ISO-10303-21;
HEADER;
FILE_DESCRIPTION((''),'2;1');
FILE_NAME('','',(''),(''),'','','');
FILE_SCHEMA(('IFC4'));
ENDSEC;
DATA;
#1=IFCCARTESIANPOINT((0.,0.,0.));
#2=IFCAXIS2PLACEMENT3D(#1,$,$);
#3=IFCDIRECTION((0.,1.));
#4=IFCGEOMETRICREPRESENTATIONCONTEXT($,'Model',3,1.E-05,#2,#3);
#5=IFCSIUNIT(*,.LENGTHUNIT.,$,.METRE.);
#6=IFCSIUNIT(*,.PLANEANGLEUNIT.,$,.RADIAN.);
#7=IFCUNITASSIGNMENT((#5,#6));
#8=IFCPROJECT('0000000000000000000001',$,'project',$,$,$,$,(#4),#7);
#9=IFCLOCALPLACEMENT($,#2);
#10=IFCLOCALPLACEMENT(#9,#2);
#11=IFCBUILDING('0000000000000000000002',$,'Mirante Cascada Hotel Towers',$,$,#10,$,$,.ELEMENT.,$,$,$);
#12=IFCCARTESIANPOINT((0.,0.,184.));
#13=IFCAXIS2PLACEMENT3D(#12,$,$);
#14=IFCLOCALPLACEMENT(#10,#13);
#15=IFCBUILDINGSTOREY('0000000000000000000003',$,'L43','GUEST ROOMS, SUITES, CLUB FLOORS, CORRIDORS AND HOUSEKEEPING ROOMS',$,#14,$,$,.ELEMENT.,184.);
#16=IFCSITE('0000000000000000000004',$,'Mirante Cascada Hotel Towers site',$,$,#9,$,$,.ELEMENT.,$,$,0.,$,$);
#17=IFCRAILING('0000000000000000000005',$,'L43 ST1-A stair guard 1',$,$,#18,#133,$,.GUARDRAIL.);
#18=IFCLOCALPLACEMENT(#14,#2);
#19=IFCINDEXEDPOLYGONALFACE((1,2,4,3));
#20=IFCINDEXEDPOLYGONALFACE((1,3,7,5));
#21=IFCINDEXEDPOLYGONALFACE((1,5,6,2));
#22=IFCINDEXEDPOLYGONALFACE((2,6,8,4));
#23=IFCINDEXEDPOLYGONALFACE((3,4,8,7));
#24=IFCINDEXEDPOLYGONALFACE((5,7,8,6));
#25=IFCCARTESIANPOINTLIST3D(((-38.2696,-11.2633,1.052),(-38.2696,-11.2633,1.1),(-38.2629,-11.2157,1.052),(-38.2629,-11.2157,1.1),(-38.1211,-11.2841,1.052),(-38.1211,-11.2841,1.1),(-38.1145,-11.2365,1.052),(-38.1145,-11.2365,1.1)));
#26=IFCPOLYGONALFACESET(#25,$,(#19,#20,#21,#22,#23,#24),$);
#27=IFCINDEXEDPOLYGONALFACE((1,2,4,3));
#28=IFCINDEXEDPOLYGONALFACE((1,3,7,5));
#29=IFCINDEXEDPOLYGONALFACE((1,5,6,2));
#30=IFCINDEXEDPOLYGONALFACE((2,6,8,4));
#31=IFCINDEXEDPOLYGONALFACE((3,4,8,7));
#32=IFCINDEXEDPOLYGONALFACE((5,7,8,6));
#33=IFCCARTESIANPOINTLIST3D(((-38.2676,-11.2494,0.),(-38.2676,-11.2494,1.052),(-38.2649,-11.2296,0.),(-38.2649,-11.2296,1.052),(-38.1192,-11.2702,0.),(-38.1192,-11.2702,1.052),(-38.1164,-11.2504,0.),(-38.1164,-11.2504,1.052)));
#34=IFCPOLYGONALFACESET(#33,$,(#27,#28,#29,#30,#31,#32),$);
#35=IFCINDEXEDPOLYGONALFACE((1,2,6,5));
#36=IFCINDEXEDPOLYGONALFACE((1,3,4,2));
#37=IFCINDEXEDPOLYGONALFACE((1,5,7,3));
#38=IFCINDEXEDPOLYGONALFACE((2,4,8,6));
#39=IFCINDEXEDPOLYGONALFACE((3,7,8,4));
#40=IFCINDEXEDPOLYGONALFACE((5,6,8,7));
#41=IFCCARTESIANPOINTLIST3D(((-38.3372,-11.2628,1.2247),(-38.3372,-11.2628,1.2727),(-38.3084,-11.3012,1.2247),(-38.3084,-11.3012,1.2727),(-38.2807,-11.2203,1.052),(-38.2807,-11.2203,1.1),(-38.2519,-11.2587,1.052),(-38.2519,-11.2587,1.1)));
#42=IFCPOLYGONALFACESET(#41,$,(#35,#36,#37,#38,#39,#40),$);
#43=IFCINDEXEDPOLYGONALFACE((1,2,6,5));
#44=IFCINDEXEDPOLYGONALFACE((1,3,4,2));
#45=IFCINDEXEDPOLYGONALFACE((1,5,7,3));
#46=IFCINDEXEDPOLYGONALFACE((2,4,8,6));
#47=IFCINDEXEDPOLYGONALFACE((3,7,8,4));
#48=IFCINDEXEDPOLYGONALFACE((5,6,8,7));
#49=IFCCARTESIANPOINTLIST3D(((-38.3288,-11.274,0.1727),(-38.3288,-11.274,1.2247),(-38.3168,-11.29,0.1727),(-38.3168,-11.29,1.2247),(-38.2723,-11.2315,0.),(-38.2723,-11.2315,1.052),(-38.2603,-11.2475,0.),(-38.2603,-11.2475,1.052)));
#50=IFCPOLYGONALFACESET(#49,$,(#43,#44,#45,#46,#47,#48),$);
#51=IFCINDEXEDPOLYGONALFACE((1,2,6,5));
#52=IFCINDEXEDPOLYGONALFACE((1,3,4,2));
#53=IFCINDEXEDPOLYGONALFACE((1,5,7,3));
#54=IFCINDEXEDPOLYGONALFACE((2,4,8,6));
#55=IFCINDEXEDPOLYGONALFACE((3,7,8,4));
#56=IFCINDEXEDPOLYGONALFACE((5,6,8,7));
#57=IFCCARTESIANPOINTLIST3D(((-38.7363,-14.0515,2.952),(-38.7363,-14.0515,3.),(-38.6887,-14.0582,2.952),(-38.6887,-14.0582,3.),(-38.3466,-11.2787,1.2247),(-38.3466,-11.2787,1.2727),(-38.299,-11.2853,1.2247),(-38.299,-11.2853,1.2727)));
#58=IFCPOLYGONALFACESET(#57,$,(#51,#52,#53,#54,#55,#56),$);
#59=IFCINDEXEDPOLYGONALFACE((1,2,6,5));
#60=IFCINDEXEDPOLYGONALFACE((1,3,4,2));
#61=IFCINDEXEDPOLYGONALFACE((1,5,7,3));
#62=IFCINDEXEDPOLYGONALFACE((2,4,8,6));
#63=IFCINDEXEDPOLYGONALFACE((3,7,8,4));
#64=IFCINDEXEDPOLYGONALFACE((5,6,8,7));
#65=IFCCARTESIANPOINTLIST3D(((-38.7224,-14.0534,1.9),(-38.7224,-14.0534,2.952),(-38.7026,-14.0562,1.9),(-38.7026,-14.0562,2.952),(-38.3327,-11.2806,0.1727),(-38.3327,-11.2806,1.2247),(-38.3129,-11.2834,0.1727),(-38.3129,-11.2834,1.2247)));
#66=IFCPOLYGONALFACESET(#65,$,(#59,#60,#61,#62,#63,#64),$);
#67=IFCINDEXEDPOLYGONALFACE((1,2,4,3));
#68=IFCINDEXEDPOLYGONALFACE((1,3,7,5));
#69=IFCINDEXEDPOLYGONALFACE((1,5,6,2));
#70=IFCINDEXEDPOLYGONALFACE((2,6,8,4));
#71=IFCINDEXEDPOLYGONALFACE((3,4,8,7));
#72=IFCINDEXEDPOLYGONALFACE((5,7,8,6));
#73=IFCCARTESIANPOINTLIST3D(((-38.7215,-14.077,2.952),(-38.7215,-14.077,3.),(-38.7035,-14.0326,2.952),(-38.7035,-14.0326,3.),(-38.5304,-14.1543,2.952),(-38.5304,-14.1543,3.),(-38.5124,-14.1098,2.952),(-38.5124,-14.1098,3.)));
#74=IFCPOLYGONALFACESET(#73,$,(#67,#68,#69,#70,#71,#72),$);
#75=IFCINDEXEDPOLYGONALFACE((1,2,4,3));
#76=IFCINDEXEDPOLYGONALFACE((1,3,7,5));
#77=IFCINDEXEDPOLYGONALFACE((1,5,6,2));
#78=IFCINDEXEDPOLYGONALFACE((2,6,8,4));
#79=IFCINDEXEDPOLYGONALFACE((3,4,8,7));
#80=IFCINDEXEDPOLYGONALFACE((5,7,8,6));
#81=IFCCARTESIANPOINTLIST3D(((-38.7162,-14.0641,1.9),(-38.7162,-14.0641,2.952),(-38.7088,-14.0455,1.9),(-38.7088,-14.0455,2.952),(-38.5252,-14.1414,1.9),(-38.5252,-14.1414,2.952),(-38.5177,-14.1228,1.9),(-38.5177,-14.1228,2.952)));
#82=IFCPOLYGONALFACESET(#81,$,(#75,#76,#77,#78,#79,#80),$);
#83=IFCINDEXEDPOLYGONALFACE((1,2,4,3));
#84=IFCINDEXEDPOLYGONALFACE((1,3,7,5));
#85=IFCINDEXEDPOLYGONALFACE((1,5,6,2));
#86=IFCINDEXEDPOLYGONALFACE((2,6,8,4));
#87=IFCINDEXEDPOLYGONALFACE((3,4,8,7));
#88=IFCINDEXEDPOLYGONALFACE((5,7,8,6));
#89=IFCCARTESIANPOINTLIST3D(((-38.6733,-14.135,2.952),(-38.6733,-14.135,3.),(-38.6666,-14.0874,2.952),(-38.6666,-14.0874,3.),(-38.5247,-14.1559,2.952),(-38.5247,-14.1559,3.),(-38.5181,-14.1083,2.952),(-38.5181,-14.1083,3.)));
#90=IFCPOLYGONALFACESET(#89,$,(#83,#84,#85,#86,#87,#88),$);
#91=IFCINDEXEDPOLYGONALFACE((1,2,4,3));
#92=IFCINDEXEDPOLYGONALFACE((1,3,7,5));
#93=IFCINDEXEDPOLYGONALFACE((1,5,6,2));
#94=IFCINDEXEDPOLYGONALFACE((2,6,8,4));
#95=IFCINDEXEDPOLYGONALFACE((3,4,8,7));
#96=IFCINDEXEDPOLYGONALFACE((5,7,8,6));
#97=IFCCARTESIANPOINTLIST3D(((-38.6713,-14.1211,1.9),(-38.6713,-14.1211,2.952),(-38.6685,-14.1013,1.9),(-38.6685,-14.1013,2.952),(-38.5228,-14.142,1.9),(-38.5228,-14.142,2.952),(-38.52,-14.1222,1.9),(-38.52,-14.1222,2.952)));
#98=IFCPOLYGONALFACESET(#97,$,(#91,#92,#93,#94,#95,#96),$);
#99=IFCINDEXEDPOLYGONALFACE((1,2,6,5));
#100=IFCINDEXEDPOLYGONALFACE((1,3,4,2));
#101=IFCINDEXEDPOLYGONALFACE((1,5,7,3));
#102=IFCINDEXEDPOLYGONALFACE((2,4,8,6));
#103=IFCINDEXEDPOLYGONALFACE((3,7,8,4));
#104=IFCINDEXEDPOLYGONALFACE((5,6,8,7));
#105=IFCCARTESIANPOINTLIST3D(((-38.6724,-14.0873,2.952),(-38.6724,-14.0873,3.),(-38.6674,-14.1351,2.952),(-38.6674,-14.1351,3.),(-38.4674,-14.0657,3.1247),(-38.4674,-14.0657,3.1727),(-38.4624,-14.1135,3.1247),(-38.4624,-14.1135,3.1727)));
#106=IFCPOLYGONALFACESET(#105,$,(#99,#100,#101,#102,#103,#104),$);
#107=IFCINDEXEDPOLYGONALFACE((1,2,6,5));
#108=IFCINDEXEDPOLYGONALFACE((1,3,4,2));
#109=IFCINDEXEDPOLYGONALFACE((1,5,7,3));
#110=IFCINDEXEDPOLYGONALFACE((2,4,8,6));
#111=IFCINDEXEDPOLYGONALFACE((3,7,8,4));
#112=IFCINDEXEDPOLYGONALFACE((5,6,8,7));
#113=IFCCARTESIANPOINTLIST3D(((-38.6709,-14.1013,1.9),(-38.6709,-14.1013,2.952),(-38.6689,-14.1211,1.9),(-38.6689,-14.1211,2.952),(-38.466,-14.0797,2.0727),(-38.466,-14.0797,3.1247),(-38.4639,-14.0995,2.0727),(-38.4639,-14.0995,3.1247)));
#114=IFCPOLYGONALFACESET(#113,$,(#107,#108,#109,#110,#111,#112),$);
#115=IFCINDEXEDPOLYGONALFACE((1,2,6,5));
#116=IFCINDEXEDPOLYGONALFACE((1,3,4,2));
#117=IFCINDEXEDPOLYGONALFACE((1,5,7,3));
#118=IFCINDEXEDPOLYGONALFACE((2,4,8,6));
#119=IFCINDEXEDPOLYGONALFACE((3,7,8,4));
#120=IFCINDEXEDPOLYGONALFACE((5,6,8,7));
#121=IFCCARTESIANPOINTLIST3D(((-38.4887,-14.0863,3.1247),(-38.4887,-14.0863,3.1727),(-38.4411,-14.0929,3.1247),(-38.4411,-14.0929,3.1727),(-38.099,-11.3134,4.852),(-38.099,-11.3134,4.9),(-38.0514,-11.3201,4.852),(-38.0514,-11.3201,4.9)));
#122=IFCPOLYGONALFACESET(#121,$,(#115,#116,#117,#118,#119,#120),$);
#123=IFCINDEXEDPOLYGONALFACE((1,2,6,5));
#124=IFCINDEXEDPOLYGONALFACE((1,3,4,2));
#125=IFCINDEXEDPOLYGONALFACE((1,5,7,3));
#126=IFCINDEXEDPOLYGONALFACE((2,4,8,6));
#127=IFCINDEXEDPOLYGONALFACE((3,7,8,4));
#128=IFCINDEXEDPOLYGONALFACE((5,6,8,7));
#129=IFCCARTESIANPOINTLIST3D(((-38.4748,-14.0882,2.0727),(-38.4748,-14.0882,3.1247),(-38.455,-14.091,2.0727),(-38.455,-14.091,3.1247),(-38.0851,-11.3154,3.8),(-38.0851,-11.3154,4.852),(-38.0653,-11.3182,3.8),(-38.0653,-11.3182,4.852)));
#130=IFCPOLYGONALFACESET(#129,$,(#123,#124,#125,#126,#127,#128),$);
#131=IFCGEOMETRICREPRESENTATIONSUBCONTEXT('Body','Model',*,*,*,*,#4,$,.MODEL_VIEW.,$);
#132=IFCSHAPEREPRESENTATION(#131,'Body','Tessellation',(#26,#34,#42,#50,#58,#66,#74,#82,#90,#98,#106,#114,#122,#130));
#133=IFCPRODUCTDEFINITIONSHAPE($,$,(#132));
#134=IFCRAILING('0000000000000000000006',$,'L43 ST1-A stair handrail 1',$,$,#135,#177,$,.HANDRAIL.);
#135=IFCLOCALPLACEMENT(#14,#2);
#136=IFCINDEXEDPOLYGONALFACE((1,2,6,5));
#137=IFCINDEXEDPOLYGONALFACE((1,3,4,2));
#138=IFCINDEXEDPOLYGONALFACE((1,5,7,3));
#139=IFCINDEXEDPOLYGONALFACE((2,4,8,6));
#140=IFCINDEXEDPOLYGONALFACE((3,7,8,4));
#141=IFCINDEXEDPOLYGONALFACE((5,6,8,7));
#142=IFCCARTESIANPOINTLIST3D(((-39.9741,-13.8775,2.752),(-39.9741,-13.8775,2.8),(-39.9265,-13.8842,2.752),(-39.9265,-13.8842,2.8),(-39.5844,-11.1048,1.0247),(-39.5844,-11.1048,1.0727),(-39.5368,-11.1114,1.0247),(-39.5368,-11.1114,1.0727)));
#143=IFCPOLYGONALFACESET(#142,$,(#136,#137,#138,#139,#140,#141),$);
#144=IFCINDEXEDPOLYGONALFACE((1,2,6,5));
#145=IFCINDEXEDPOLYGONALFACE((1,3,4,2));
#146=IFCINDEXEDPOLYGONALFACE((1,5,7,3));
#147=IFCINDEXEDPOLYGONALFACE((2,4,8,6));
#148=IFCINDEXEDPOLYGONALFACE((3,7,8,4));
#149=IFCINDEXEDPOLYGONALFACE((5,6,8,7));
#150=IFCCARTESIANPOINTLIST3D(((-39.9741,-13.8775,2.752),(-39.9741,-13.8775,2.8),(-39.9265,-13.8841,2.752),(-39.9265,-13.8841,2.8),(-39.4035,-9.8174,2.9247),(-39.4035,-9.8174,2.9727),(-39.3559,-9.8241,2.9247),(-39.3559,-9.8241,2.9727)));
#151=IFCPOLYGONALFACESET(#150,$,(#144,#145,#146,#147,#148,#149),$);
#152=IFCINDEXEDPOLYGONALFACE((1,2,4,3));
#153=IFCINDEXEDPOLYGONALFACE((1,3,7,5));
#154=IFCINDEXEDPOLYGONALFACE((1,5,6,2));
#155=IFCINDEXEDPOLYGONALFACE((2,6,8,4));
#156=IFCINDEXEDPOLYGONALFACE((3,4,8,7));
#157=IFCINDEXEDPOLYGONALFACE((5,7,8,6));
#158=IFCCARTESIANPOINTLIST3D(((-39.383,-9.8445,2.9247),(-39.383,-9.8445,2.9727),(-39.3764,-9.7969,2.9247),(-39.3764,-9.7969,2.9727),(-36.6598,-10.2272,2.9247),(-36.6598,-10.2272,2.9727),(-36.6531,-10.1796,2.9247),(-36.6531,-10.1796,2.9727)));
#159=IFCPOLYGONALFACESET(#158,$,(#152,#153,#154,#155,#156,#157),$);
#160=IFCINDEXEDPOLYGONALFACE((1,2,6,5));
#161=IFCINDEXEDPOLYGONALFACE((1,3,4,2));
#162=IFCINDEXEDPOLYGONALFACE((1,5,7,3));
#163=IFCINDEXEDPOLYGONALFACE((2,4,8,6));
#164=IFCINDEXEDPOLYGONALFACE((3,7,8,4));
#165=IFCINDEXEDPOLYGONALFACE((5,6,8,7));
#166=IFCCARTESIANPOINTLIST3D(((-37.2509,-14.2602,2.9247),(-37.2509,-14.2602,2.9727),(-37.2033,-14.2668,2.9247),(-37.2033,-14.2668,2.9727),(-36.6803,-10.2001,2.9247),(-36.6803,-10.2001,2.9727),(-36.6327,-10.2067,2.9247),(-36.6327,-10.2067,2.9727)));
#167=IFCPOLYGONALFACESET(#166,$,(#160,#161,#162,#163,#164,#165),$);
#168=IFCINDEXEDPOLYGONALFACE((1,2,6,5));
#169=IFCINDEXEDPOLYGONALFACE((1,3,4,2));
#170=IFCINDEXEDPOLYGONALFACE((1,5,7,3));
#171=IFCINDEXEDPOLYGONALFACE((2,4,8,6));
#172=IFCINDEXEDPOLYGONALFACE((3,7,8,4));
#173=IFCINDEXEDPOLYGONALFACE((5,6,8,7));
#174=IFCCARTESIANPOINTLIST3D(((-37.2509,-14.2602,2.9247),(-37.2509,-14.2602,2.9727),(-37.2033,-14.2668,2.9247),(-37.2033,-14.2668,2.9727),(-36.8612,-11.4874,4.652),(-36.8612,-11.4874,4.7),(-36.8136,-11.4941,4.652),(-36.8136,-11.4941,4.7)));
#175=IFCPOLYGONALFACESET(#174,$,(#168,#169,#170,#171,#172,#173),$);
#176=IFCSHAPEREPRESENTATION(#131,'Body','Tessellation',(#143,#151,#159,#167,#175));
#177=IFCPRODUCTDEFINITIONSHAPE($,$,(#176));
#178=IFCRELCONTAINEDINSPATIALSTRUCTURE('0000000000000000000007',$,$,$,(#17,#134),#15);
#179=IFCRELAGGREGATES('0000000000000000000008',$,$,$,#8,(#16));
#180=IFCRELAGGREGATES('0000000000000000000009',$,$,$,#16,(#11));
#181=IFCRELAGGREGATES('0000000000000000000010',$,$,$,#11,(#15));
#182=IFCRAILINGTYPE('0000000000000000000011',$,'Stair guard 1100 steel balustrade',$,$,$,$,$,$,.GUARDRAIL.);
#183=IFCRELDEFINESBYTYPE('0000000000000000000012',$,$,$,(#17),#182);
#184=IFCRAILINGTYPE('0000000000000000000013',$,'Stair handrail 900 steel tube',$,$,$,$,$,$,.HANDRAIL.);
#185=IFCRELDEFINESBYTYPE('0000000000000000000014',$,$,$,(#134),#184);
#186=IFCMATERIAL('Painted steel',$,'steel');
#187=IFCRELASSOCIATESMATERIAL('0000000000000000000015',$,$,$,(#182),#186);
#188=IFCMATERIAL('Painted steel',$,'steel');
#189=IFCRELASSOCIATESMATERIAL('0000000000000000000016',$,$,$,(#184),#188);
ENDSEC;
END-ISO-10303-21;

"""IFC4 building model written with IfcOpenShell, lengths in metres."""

from ifc_helpers import new_model, si_unit, direction, frame, origin, origin_2d, place, context, subcontext, project, spatial, rectangle, extrude, material, type_object, element, save


model = new_model("IFC4")

# Units and contexts
model_context = context("Model", 3, precision=1e-05, world=origin(), true_north=direction((0.0, 1.0)))
body_context = subcontext(model_context, "Body", "Model", "MODEL_VIEW")
ifc_project = project(units=[si_unit("LENGTHUNIT", "METRE"), si_unit("PLANEANGLEUNIT", "RADIAN")], contexts=[model_context])

# Site, building, storey
site_placement = place(None, origin())
site = spatial("IfcSite", under=ifc_project, at=site_placement, Name="Mirante Cascada Hotel Towers site", CompositionType="ELEMENT", RefElevation=0.0)
building_placement = place(site_placement, origin())
building = spatial("IfcBuilding", under=site, at=building_placement, Name="Mirante Cascada Hotel Towers", CompositionType="ELEMENT")
storey_placement = place(building_placement, frame((0.0, 0.0, 184.0)))
storey = spatial("IfcBuildingStorey", under=building, at=storey_placement, Name="L43", Description="GUEST ROOMS, SUITES, CLUB FLOORS, CORRIDORS AND HOUSEKEEPING ROOMS", CompositionType="ELEMENT", Elevation=184.0)

# Railings
ifc_material_1 = material(Name="Painted steel", Category="steel")
railing_type_1 = type_object("IfcRailingType", Name="Stair guard 1100 steel balustrade", PredefinedType="GUARDRAIL", material=ifc_material_1)
railing_1_placement = place(storey_placement, frame((-38.1178, -11.2603, 0.0)))
element("IfcRailing", 1, at=railing_1_placement, inside=storey, type_object=railing_type_1, Name="L43 ST1-A stair guard 1", PredefinedType="GUARDRAIL", context=body_context, shape_type="SweptSolid", body=[
    extrude(rectangle(XDim=0.048, YDim=0.048, at=origin_2d()), frame((0.0, 0.0, 1.076), z_axis=(-0.990333, 0.138713, 0.0), x_axis=(-0.138713, -0.990333, 0.0)), (0.0, 0.0, 1.0), 0.1499),
    extrude(rectangle(XDim=0.02, YDim=1.052, at=origin_2d()), frame((0.0, 0.0, 0.526), z_axis=(-0.990333, 0.138713, 0.0), x_axis=(-0.138713, -0.990333, 0.0)), (0.0, 0.0, 1.0), 0.1499),
    extrude(rectangle(XDim=0.048, YDim=0.048, at=origin_2d()), frame((-0.1485, 0.0208, 1.076), z_axis=(-0.79915, -0.601131, 0.0), x_axis=(0.601131, -0.79915, 0.0)), (0.0, 0.925453, 0.378863), 0.1866),
    extrude(rectangle(XDim=0.02, YDim=1.052, at=origin_2d()), frame((-0.1485, 0.0208, 0.526), z_axis=(-0.79915, -0.601131, 0.0), x_axis=(0.601131, -0.79915, 0.0)), (0.0, 0.925453, 0.378863), 0.1866),
    extrude(rectangle(XDim=0.048, YDim=0.048, at=origin_2d()), frame((-0.205, -0.0217, 1.2487), z_axis=(-0.139176, -0.990268, 0.0), x_axis=(0.990268, -0.139176, 0.0)), (0.0, 0.525021, 0.851089), 3.29),
    extrude(rectangle(XDim=0.02, YDim=1.052, at=origin_2d()), frame((-0.205, -0.0217, 0.6987), z_axis=(-0.139176, -0.990268, 0.0), x_axis=(0.990268, -0.139176, 0.0)), (0.0, 0.525021, 0.851089), 3.29),
    extrude(rectangle(XDim=0.048, YDim=0.048, at=origin_2d()), frame((-0.5947, -2.7945, 2.976), z_axis=(0.927031, -0.374984, 0.0), x_axis=(0.374984, 0.927031, 0.0)), (0.0, 0.0, 1.0), 0.2061),
    extrude(rectangle(XDim=0.02, YDim=1.052, at=origin_2d()), frame((-0.5947, -2.7945, 2.426), z_axis=(0.927031, -0.374984, 0.0), x_axis=(0.374984, 0.927031, 0.0)), (0.0, 0.0, 1.0), 0.2061),
    extrude(rectangle(XDim=0.048, YDim=0.048, at=origin_2d()), frame((-0.4036, -2.8718, 2.976), z_axis=(-0.990241, 0.139367, 0.0), x_axis=(-0.139367, -0.990241, 0.0)), (0.0, 0.0, 1.0), 0.15),
    extrude(rectangle(XDim=0.02, YDim=1.052, at=origin_2d()), frame((-0.4036, -2.8718, 2.426), z_axis=(-0.990241, 0.139367, 0.0), x_axis=(-0.139367, -0.990241, 0.0)), (0.0, 0.0, 1.0), 0.15),
    extrude(rectangle(XDim=0.048, YDim=0.048, at=origin_2d()), frame((-0.5521, -2.8509, 2.976), z_axis=(0.994495, 0.104786, 0.0), x_axis=(-0.104786, 0.994495, 0.0)), (0.0, 0.642203, 0.766534), 0.2689),
    extrude(rectangle(XDim=0.02, YDim=1.052, at=origin_2d()), frame((-0.5521, -2.8509, 2.426), z_axis=(0.994495, 0.104786, 0.0), x_axis=(-0.104786, 0.994495, 0.0)), (0.0, 0.642203, 0.766534), 0.2689),
    extrude(rectangle(XDim=0.048, YDim=0.048, at=origin_2d()), frame((-0.3471, -2.8293, 3.1487), z_axis=(0.139176, 0.990268, 0.0), x_axis=(-0.990268, 0.139176, 0.0)), (0.0, 0.525021, 0.851089), 3.29),
    extrude(rectangle(XDim=0.02, YDim=1.052, at=origin_2d()), frame((-0.3471, -2.8293, 2.5987), z_axis=(0.139176, 0.990268, 0.0), x_axis=(-0.990268, 0.139176, 0.0)), (0.0, 0.525021, 0.851089), 3.29),
])
ifc_material_2 = material(Name="Painted steel", Category="steel")
railing_type_2 = type_object("IfcRailingType", Name="Stair handrail 900 steel tube", PredefinedType="HANDRAIL", material=ifc_material_2)
railing_2_placement = place(storey_placement, frame((-39.5606, -11.1081, 0.1727)))
element("IfcRailing", 2, at=railing_2_placement, inside=storey, type_object=railing_type_2, Name="L43 ST1-A stair handrail 1", PredefinedType="HANDRAIL", context=body_context, shape_type="SweptSolid", body=[
    extrude(rectangle(XDim=0.048, YDim=0.048, at=origin_2d()), frame((0.0, 0.0, 0.876), z_axis=(-0.139181, -0.990267, 0.0), x_axis=(0.990267, -0.139181, 0.0)), (0.0, 0.525035, 0.851081), 3.2899),
    extrude(rectangle(XDim=0.048, YDim=0.048, at=origin_2d()), frame((-0.3897, -2.7727, 2.6033), z_axis=(0.139171, 0.990268, 0.0), x_axis=(-0.990268, 0.139171, 0.0)), (0.0, 0.042085, 0.999114), 4.1036),
    extrude(rectangle(XDim=0.048, YDim=0.048, at=origin_2d()), frame((0.1809, 1.2874, 2.776), z_axis=(0.990269, -0.139166, 0.0), x_axis=(0.139166, 0.990269, 0.0)), (0.0, 0.0, 1.0), 2.75),
    extrude(rectangle(XDim=0.048, YDim=0.048, at=origin_2d()), frame((2.9041, 0.9047, 2.776), z_axis=(-0.139171, -0.990268, 0.0), x_axis=(0.990268, -0.139171, 0.0)), (0.0, 0.0, 1.0), 4.1),
    extrude(rectangle(XDim=0.048, YDim=0.048, at=origin_2d()), frame((2.3335, -3.1554, 2.776), z_axis=(0.139181, 0.990267, 0.0), x_axis=(-0.990267, 0.139181, 0.0)), (0.0, 0.525035, 0.851081), 3.2899),
])

save(model, "model.ifc")
